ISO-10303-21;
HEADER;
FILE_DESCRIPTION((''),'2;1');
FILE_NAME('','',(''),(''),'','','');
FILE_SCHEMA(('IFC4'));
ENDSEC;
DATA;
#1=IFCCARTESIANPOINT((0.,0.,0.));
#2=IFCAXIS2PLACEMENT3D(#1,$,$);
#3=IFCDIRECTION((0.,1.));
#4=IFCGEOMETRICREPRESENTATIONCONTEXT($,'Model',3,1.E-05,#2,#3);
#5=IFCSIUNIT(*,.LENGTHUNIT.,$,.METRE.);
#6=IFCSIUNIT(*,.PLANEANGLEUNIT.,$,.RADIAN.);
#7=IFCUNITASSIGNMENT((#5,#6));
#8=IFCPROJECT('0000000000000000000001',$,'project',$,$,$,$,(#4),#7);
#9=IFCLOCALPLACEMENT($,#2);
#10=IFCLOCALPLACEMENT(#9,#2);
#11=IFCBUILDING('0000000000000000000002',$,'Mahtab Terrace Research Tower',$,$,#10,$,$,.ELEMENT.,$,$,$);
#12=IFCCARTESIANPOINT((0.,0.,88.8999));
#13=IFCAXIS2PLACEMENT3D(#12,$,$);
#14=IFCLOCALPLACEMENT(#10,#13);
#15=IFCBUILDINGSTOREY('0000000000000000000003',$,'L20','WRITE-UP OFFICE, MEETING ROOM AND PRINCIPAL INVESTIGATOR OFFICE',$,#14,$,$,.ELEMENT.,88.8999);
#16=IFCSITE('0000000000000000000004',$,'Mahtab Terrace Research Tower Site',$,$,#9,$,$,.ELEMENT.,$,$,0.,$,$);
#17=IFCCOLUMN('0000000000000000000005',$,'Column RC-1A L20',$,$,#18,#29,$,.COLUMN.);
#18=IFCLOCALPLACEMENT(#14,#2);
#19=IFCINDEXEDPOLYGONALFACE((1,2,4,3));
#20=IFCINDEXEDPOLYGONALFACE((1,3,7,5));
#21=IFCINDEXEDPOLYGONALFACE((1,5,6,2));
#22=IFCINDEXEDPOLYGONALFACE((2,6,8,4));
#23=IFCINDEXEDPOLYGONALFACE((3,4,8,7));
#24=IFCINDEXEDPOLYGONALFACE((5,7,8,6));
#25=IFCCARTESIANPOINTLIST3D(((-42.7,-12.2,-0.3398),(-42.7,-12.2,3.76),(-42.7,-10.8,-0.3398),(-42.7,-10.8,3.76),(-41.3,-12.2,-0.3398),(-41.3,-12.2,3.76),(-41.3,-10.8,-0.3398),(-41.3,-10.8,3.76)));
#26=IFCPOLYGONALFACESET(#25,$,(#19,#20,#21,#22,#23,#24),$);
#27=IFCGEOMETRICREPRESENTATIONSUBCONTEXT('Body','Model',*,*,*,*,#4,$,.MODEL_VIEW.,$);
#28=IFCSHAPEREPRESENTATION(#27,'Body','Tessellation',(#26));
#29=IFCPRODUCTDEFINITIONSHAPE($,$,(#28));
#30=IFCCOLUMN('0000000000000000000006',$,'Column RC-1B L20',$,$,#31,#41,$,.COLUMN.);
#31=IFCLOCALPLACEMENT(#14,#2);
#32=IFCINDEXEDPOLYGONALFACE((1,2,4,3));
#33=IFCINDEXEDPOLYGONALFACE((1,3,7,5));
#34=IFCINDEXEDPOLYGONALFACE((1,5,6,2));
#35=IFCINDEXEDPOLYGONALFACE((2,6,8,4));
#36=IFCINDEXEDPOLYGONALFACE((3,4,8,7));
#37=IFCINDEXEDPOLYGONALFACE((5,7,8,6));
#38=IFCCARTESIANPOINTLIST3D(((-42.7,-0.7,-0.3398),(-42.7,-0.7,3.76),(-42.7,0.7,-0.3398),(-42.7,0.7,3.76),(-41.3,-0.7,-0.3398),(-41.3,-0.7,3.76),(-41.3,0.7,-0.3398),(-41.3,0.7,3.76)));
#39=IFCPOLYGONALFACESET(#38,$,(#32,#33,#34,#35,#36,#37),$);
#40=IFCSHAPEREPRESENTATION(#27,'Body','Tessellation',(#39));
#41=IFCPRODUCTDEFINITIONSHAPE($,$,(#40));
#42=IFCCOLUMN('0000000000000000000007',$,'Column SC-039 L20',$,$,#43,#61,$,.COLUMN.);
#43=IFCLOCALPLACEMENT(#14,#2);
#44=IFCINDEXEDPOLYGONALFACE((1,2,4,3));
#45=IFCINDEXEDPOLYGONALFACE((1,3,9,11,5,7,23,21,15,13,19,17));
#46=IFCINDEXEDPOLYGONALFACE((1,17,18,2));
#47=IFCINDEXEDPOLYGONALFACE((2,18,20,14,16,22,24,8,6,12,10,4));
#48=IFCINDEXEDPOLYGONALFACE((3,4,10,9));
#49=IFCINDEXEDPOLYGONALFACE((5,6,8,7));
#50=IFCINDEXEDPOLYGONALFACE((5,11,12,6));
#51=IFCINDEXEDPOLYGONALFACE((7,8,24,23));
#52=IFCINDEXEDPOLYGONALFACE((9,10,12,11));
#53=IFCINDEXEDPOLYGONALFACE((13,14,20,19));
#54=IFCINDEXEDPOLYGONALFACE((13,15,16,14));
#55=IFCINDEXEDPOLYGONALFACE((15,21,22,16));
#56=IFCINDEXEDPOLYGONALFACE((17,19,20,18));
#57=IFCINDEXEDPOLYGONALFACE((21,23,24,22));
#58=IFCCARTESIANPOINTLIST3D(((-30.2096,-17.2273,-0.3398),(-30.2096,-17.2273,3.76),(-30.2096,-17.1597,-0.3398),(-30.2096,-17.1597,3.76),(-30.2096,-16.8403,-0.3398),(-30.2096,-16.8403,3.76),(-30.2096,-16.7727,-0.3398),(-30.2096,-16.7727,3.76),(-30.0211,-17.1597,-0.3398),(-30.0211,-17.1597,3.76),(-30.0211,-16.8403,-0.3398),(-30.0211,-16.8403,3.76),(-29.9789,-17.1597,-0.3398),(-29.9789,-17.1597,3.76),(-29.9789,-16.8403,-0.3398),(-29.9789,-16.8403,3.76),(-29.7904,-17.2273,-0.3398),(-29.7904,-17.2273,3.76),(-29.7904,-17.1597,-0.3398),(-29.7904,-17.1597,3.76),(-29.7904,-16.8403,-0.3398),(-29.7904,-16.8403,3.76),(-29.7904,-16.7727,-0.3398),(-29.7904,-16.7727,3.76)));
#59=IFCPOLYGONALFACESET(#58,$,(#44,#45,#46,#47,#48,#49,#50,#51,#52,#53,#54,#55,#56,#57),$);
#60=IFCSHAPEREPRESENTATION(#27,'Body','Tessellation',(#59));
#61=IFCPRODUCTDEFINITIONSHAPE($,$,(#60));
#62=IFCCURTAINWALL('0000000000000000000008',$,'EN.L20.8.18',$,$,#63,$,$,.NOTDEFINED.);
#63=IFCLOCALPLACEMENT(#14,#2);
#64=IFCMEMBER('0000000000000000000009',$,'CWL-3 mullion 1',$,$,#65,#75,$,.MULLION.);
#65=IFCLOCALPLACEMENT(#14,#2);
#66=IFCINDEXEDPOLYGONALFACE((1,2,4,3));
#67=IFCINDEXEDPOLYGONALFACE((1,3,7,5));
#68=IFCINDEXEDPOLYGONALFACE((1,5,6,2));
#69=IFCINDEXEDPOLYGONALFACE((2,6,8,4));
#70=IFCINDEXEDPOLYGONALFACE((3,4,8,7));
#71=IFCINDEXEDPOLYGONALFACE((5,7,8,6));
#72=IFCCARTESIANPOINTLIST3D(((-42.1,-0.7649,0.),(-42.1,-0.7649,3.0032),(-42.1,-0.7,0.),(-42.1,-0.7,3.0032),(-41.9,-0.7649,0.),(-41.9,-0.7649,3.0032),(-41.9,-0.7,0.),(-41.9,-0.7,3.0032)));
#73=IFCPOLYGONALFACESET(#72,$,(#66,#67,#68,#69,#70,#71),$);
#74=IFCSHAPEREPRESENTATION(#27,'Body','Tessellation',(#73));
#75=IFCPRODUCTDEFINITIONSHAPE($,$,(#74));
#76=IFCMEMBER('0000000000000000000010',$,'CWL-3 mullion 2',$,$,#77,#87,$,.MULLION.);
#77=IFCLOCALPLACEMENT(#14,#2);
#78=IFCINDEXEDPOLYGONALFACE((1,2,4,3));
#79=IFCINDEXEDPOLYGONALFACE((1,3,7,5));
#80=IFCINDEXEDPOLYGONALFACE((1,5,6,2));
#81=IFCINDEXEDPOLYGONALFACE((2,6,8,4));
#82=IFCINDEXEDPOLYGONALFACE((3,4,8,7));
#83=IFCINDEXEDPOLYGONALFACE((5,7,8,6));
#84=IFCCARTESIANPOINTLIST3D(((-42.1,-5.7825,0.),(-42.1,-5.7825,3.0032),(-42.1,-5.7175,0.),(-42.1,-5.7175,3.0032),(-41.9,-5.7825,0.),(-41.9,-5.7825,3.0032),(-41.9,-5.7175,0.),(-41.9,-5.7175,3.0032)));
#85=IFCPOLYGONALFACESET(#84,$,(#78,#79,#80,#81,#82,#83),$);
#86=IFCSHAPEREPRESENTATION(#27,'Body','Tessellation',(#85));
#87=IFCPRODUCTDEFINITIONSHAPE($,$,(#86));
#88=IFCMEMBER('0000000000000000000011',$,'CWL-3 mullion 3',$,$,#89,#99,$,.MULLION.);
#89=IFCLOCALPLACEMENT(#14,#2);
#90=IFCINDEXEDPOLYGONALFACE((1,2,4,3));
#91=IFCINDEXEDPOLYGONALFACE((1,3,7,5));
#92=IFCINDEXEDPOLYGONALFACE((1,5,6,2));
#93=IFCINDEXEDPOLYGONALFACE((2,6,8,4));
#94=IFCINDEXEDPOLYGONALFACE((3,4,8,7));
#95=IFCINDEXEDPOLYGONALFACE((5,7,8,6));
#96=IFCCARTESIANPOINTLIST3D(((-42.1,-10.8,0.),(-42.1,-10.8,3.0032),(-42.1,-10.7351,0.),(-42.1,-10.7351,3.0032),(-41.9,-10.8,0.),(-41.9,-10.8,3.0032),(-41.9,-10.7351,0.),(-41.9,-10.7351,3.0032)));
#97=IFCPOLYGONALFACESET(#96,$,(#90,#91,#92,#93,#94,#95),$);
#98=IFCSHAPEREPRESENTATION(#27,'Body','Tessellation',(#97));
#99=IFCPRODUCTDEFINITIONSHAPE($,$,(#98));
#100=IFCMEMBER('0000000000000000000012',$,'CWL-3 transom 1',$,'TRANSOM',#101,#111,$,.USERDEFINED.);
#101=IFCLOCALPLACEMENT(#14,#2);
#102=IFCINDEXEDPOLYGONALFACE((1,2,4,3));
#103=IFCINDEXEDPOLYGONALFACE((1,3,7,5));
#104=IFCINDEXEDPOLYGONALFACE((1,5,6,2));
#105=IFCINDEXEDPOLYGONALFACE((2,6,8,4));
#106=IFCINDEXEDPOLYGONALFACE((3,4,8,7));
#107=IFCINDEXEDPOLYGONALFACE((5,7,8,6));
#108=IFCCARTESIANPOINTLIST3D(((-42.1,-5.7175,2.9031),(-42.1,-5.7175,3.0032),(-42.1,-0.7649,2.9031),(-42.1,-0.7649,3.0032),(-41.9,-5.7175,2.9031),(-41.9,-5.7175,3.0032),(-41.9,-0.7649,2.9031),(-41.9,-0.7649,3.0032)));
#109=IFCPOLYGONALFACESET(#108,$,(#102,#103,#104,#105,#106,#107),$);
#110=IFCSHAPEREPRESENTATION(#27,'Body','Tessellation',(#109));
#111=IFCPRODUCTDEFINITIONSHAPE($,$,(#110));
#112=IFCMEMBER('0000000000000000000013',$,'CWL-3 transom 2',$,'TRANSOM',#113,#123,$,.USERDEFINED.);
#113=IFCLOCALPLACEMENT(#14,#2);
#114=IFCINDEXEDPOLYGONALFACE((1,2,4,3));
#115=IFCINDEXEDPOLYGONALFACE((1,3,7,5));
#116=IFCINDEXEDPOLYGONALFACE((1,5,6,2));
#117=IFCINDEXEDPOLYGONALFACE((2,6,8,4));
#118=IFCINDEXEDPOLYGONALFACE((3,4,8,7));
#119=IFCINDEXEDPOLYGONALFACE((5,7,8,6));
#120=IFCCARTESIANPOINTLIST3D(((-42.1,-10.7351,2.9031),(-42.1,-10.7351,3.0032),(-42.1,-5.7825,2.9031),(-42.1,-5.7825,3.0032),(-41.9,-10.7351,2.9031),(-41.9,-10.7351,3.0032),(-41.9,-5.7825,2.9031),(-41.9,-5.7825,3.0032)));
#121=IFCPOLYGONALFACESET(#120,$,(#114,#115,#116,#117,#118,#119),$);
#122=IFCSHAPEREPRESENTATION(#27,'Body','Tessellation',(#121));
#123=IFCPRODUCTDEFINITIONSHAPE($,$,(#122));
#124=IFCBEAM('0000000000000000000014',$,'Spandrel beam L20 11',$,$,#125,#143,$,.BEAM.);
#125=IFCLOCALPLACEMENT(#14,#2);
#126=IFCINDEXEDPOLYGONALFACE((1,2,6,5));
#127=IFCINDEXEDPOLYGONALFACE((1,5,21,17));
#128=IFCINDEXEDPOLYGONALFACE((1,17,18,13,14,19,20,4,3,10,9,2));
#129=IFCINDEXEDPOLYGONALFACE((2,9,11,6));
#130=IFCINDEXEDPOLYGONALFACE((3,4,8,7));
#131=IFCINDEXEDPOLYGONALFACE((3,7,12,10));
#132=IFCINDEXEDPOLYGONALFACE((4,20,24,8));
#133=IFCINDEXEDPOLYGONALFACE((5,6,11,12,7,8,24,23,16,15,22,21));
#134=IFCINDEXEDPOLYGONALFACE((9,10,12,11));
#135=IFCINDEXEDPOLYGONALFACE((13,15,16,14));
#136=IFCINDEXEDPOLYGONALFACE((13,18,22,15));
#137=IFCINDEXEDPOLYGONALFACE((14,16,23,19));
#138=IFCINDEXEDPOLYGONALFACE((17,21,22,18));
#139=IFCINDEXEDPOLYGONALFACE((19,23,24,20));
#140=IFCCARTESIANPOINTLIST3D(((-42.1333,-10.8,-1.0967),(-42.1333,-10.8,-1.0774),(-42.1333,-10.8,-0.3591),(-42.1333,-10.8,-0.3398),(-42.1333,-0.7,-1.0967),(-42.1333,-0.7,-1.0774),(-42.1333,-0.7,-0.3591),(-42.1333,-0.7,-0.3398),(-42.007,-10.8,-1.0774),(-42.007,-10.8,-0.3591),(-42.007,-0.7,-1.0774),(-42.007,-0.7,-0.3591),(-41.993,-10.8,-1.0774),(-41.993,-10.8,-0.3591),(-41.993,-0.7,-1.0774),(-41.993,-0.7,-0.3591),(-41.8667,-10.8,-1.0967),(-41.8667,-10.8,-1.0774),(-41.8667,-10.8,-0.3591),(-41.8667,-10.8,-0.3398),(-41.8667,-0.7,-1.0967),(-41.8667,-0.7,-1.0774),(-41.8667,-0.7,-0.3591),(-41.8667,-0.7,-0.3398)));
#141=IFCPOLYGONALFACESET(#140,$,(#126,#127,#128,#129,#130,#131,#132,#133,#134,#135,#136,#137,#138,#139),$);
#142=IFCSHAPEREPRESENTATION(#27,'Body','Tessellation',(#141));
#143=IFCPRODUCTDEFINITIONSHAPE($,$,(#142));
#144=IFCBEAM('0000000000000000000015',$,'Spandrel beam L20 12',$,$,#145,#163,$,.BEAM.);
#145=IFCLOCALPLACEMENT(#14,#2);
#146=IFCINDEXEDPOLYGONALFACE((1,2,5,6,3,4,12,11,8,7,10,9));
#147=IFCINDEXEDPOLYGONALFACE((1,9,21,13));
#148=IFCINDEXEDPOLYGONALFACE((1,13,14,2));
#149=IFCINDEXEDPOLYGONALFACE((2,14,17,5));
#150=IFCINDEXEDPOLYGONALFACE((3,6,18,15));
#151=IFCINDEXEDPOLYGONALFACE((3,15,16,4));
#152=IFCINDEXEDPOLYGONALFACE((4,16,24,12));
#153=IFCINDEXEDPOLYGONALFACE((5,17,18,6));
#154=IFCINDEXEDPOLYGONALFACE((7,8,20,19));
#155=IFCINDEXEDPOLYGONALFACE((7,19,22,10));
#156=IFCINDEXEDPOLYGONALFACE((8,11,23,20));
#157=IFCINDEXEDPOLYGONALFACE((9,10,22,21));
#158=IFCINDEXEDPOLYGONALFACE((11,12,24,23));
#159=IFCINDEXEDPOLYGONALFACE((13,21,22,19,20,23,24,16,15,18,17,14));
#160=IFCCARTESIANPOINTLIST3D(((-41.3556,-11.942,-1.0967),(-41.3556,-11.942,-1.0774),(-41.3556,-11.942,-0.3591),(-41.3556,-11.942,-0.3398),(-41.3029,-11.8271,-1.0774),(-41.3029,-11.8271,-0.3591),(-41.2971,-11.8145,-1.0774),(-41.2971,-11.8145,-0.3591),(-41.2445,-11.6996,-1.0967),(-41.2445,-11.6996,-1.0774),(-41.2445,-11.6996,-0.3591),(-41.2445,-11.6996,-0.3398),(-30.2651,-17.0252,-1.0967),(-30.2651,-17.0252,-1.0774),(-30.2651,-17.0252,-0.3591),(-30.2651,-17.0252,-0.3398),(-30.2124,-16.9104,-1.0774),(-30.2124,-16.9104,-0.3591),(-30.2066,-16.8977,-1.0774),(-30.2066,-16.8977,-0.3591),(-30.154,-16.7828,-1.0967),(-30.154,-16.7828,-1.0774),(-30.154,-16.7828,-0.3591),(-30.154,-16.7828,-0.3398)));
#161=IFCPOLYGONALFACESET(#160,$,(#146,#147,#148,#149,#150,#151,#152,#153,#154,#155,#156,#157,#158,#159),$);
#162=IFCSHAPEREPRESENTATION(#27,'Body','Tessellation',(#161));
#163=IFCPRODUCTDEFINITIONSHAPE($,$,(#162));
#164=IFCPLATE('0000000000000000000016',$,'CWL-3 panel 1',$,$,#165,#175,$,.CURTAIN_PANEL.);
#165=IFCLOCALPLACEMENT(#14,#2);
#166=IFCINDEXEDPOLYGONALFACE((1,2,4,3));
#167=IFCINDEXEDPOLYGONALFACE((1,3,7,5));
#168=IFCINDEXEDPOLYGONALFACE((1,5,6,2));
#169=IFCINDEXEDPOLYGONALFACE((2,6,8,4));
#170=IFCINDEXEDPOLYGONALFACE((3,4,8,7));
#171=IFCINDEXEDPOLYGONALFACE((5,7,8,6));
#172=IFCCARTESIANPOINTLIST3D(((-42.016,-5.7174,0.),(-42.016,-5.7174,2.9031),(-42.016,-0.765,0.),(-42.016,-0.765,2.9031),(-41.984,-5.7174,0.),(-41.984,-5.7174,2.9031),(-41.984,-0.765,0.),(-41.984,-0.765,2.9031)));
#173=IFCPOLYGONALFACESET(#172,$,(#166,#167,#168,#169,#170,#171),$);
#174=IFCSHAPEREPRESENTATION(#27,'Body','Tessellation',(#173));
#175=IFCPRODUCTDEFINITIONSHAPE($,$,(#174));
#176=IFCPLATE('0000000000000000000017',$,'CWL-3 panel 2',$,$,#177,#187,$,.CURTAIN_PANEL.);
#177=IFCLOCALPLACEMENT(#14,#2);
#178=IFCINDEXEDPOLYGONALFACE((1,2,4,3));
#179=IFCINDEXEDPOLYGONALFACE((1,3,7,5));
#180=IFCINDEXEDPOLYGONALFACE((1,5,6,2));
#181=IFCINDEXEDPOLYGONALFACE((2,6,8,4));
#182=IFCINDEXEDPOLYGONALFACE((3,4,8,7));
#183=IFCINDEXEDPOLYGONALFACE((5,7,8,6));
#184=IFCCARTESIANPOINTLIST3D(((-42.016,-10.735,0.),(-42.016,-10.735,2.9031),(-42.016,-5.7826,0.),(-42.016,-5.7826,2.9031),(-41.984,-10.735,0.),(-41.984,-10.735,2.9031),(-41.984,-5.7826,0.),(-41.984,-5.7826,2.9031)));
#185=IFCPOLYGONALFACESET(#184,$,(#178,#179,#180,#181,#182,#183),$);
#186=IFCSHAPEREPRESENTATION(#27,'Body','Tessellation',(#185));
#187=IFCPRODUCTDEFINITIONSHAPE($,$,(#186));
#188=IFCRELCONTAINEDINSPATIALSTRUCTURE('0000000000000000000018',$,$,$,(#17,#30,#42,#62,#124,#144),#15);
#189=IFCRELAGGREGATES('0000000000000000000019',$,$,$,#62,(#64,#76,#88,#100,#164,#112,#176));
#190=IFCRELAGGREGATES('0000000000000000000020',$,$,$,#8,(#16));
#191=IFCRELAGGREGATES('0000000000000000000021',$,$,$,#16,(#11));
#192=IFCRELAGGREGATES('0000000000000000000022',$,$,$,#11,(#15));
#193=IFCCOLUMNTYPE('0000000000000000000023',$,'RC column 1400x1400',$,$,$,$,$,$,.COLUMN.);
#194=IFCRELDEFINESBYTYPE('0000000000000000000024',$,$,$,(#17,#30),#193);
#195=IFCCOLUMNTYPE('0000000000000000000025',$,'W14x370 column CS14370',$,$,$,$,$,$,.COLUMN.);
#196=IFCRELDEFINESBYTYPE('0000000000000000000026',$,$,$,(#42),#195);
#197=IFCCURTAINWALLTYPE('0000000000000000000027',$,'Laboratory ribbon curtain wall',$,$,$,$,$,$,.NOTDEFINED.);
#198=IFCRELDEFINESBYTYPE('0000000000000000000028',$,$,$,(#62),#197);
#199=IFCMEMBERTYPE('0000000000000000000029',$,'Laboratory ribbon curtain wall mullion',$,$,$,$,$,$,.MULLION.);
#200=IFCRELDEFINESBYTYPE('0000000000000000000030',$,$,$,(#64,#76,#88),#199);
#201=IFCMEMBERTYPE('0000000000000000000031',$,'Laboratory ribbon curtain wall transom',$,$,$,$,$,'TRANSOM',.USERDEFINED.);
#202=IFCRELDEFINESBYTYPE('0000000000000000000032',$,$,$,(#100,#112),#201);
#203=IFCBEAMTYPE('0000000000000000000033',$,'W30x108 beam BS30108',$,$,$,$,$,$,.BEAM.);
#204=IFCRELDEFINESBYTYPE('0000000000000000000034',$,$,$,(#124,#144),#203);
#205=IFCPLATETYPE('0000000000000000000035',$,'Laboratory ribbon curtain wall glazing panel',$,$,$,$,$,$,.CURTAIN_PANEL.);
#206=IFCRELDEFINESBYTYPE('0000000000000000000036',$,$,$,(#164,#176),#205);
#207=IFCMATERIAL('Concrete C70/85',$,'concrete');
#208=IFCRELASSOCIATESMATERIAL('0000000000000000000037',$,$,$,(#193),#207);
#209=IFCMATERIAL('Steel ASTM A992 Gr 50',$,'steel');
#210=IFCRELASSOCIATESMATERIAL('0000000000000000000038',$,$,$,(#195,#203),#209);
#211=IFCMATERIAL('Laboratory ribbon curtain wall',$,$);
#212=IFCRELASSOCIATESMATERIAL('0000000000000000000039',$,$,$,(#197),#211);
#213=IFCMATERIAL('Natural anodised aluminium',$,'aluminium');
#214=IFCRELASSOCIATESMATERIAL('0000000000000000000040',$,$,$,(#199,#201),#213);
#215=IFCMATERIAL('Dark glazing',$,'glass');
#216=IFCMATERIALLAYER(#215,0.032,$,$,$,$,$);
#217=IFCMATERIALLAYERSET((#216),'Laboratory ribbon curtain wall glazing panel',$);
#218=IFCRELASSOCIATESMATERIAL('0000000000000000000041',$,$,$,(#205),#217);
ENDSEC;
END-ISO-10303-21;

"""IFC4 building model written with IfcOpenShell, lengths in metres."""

from ifc_helpers import new_model, si_unit, direction, frame, origin, origin_2d, place, context, subcontext, project, spatial, rectangle, i_section, extrude, material, layer, layer_set, material_profile, profile_set, type_object, element, aggregate, save


model = new_model("IFC4")

# Units and contexts
model_context = context("Model", 3, precision=1e-05, world=origin(), true_north=direction((0.0, 1.0)))
body_context = subcontext(model_context, "Body", "Model", "MODEL_VIEW")
ifc_project = project(units=[si_unit("LENGTHUNIT", "METRE"), si_unit("PLANEANGLEUNIT", "RADIAN")], contexts=[model_context])

# Site, building, storey
site_placement = place(None, origin())
site = spatial("IfcSite", under=ifc_project, at=site_placement, Name="Mahtab Terrace Research Tower Site", CompositionType="ELEMENT", RefElevation=0.0)
building_placement = place(site_placement, origin())
building = spatial("IfcBuilding", under=site, at=building_placement, Name="Mahtab Terrace Research Tower", CompositionType="ELEMENT")
storey_placement = place(building_placement, frame((0.0, 0.0, 88.8999)))
storey = spatial("IfcBuildingStorey", under=building, at=storey_placement, Name="L20", Description="WRITE-UP OFFICE, MEETING ROOM AND PRINCIPAL INVESTIGATOR OFFICE", CompositionType="ELEMENT", Elevation=88.8999)

# Columns
ifc_material_1 = material(Name="Concrete C70/85", Category="concrete")
ifc_material_profile_1 = material_profile(ifc_material_1, rectangle(XDim=1.3999, YDim=1.3999, at=origin_2d()), Name="RC column 1400x1400")
ifc_profile_set_1 = profile_set([ifc_material_profile_1], Name="Concrete C70/85")
column_type_1 = type_object("IfcColumnType", Name="RC column 1400x1400", PredefinedType="COLUMN", material=ifc_profile_set_1)
for number, where, z_axis, x_axis, name in (
    (1, (-42.0, -11.5, -0.3398), (0.0, 0.0, 1.0), (1.0, 0.0, 0.0), "Column RC-1A L20"),
    (2, (-42.0, 0.0, -0.3398), (0.0, 0.0, 1.0), (1.0, 0.0, 0.0), "Column RC-1B L20"),
):
    element("IfcColumn", number, at=place(storey_placement, frame(where, z_axis=z_axis, x_axis=x_axis)), inside=storey, type_object=column_type_1, Name=name, PredefinedType="COLUMN", context=body_context, shape_type="SweptSolid", body=[
        extrude(rectangle(XDim=1.3999, YDim=1.3999, at=origin_2d()), origin(), (0.0, 0.0, 1.0), 4.0999),
    ])
ifc_material_2 = material(Name="Steel ASTM A992 Gr 50", Category="steel")
ifc_material_profile_2 = material_profile(ifc_material_2, i_section(OverallWidth=0.4192, OverallDepth=0.4546, WebThickness=0.0422, FlangeThickness=0.0676, at=origin_2d()), Name="W14X370")
ifc_profile_set_2 = profile_set([ifc_material_profile_2], Name="Steel ASTM A992 Gr 50")
column_type_2 = type_object("IfcColumnType", Name="W14x370 column CS14370", PredefinedType="COLUMN", material=ifc_profile_set_2)
column_placement = place(storey_placement, frame((-30.0, -17.0, -0.3398), z_axis=(0.0, 0.0, 1.0), x_axis=(1.0, 0.0, 0.0)))
element("IfcColumn", 3, at=column_placement, inside=storey, type_object=column_type_2, Name="Column SC-039 L20", PredefinedType="COLUMN", context=body_context, shape_type="SweptSolid", body=[
    extrude(i_section(OverallWidth=0.4192, OverallDepth=0.4546, WebThickness=0.0422, FlangeThickness=0.0676, at=origin_2d()), origin(), (0.0, 0.0, 1.0), 4.0999),
])

# Curtain wall, members
ifc_material_3 = material(Name="Laboratory ribbon curtain wall")
curtain_wall_type = type_object("IfcCurtainWallType", Name="Laboratory ribbon curtain wall", PredefinedType="NOTDEFINED", material=ifc_material_3)
curtain_wall_placement = place(storey_placement, origin())
curtain_wall = element("IfcCurtainWall", 4, at=curtain_wall_placement, inside=storey, type_object=curtain_wall_type, Name="EN.L20.8.18", PredefinedType="NOTDEFINED")
ifc_material_4 = material(Name="Natural anodised aluminium", Category="aluminium")
ifc_material_profile_3 = material_profile(ifc_material_4, rectangle(XDim=0.2, YDim=0.0649, at=origin_2d()), Name="MULLION 65x200")
ifc_profile_set_3 = profile_set([ifc_material_profile_3], Name="Natural anodised aluminium")
member_type_1 = type_object("IfcMemberType", Name="Laboratory ribbon curtain wall mullion", PredefinedType="MULLION", material=ifc_profile_set_3)
member_1_placement = place(storey_placement, frame((-42.0, -0.7324, 0.0), z_axis=(0.0, 0.0, 1.0), x_axis=(1.0, 0.0, 0.0)))
member_1 = element("IfcMember", 5, at=member_1_placement, type_object=member_type_1, Name="CWL-3 mullion 1", PredefinedType="MULLION", context=body_context, shape_type="SweptSolid", body=[
    extrude(rectangle(XDim=0.2, YDim=0.0649, at=origin_2d()), origin(), (0.0, 0.0, 1.0), 3.0032),
])
member_2_placement = place(storey_placement, frame((-42.0, -5.75, 0.0), z_axis=(0.0, 0.0, 1.0), x_axis=(1.0, 0.0, 0.0)))
member_2 = element("IfcMember", 6, at=member_2_placement, type_object=member_type_1, Name="CWL-3 mullion 2", PredefinedType="MULLION", context=body_context, shape_type="SweptSolid", body=[
    extrude(rectangle(XDim=0.2, YDim=0.0649, at=origin_2d()), origin(), (0.0, 0.0, 1.0), 3.0032),
])
member_3_placement = place(storey_placement, frame((-42.0, -10.7676, 0.0), z_axis=(0.0, 0.0, 1.0), x_axis=(1.0, 0.0, 0.0)))
member_3 = element("IfcMember", 7, at=member_3_placement, type_object=member_type_1, Name="CWL-3 mullion 3", PredefinedType="MULLION", context=body_context, shape_type="SweptSolid", body=[
    extrude(rectangle(XDim=0.2, YDim=0.0649, at=origin_2d()), origin(), (0.0, 0.0, 1.0), 3.0032),
])
ifc_material_profile_4 = material_profile(ifc_material_4, rectangle(XDim=0.2, YDim=0.1001, at=origin_2d()), Name="TRANSOM 100x200")
ifc_profile_set_4 = profile_set([ifc_material_profile_4], Name="Natural anodised aluminium")
member_type_2 = type_object("IfcMemberType", Name="Laboratory ribbon curtain wall transom", ElementType="TRANSOM", PredefinedType="USERDEFINED", material=ifc_profile_set_4)
member_4_placement = place(storey_placement, frame((-42.0, -0.7649, 2.9531), z_axis=(0.0, -1.0, 0.0), x_axis=(1.0, 0.0, 0.0)))
member_4 = element("IfcMember", 8, at=member_4_placement, type_object=member_type_2, Name="CWL-3 transom 1", ObjectType="TRANSOM", PredefinedType="USERDEFINED", context=body_context, shape_type="SweptSolid", body=[
    extrude(rectangle(XDim=0.2, YDim=0.1001, at=origin_2d()), origin(), (0.0, 0.0, 1.0), 4.9526),
])
member_5_placement = place(storey_placement, frame((-42.0, -5.7825, 2.9531), z_axis=(0.0, -1.0, 0.0), x_axis=(1.0, 0.0, 0.0)))
member_5 = element("IfcMember", 9, at=member_5_placement, type_object=member_type_2, Name="CWL-3 transom 2", ObjectType="TRANSOM", PredefinedType="USERDEFINED", context=body_context, shape_type="SweptSolid", body=[
    extrude(rectangle(XDim=0.2, YDim=0.1001, at=origin_2d()), origin(), (0.0, 0.0, 1.0), 4.9526),
])

# Beams
ifc_material_profile_5 = material_profile(ifc_material_2, i_section(OverallWidth=0.2666, OverallDepth=0.7568, WebThickness=0.0139, FlangeThickness=0.0193, at=origin_2d()), Name="W30X108")
ifc_profile_set_5 = profile_set([ifc_material_profile_5], Name="Steel ASTM A992 Gr 50")
beam_type = type_object("IfcBeamType", Name="W30x108 beam BS30108", PredefinedType="BEAM", material=ifc_profile_set_5)
beam_1_placement = place(storey_placement, frame((-42.0, -0.7, -0.7183), z_axis=(0.0, -1.0, 0.0), x_axis=(1.0, 0.0, 0.0)))
element("IfcBeam", 10, at=beam_1_placement, inside=storey, type_object=beam_type, Name="Spandrel beam L20 11", PredefinedType="BEAM", context=body_context, shape_type="SweptSolid", body=[
    extrude(i_section(OverallWidth=0.2666, OverallDepth=0.7568, WebThickness=0.0139, FlangeThickness=0.0193, at=origin_2d()), origin(), (0.0, 0.0, 1.0), 10.1001),
])
beam_2_placement = place(storey_placement, frame((-41.3, -11.8208, -0.7183), z_axis=(0.909063, -0.41666, 0.0), x_axis=(0.41666, 0.909063, 0.0)))
element("IfcBeam", 11, at=beam_2_placement, inside=storey, type_object=beam_type, Name="Spandrel beam L20 12", PredefinedType="BEAM", context=body_context, shape_type="SweptSolid", body=[
    extrude(i_section(OverallWidth=0.2666, OverallDepth=0.7568, WebThickness=0.0139, FlangeThickness=0.0193, at=origin_2d()), origin(), (0.0, 0.0, 1.0), 12.2),
])

# Plates
ifc_material_5 = material(Name="Dark glazing", Category="glass")
ifc_layer_1 = layer(ifc_material_5, 0.032)
ifc_layer_set_1 = layer_set([ifc_layer_1], Name="Laboratory ribbon curtain wall glazing panel")
plate_type = type_object("IfcPlateType", Name="Laboratory ribbon curtain wall glazing panel", PredefinedType="CURTAIN_PANEL", material=ifc_layer_set_1)
plate_1_placement = place(storey_placement, frame((-42.0, -3.2412, 0.0), z_axis=(0.0, 0.0, 1.0), x_axis=(0.0, -1.0, 0.0)))
plate_1 = element("IfcPlate", 12, at=plate_1_placement, type_object=plate_type, Name="CWL-3 panel 1", PredefinedType="CURTAIN_PANEL", context=body_context, shape_type="SweptSolid", body=[
    extrude(rectangle(XDim=4.9524, YDim=0.032, at=origin_2d()), origin(), (0.0, 0.0, 1.0), 2.9031),
])
plate_2_placement = place(storey_placement, frame((-42.0, -8.2588, 0.0), z_axis=(0.0, 0.0, 1.0), x_axis=(0.0, -1.0, 0.0)))
plate_2 = element("IfcPlate", 13, at=plate_2_placement, type_object=plate_type, Name="CWL-3 panel 2", PredefinedType="CURTAIN_PANEL", context=body_context, shape_type="SweptSolid", body=[
    extrude(rectangle(XDim=4.9524, YDim=0.032, at=origin_2d()), origin(), (0.0, 0.0, 1.0), 2.9031),
])
aggregate(curtain_wall, [member_1, member_2, member_3, member_4, plate_1, member_5, plate_2])

save(model, "model.ifc")
